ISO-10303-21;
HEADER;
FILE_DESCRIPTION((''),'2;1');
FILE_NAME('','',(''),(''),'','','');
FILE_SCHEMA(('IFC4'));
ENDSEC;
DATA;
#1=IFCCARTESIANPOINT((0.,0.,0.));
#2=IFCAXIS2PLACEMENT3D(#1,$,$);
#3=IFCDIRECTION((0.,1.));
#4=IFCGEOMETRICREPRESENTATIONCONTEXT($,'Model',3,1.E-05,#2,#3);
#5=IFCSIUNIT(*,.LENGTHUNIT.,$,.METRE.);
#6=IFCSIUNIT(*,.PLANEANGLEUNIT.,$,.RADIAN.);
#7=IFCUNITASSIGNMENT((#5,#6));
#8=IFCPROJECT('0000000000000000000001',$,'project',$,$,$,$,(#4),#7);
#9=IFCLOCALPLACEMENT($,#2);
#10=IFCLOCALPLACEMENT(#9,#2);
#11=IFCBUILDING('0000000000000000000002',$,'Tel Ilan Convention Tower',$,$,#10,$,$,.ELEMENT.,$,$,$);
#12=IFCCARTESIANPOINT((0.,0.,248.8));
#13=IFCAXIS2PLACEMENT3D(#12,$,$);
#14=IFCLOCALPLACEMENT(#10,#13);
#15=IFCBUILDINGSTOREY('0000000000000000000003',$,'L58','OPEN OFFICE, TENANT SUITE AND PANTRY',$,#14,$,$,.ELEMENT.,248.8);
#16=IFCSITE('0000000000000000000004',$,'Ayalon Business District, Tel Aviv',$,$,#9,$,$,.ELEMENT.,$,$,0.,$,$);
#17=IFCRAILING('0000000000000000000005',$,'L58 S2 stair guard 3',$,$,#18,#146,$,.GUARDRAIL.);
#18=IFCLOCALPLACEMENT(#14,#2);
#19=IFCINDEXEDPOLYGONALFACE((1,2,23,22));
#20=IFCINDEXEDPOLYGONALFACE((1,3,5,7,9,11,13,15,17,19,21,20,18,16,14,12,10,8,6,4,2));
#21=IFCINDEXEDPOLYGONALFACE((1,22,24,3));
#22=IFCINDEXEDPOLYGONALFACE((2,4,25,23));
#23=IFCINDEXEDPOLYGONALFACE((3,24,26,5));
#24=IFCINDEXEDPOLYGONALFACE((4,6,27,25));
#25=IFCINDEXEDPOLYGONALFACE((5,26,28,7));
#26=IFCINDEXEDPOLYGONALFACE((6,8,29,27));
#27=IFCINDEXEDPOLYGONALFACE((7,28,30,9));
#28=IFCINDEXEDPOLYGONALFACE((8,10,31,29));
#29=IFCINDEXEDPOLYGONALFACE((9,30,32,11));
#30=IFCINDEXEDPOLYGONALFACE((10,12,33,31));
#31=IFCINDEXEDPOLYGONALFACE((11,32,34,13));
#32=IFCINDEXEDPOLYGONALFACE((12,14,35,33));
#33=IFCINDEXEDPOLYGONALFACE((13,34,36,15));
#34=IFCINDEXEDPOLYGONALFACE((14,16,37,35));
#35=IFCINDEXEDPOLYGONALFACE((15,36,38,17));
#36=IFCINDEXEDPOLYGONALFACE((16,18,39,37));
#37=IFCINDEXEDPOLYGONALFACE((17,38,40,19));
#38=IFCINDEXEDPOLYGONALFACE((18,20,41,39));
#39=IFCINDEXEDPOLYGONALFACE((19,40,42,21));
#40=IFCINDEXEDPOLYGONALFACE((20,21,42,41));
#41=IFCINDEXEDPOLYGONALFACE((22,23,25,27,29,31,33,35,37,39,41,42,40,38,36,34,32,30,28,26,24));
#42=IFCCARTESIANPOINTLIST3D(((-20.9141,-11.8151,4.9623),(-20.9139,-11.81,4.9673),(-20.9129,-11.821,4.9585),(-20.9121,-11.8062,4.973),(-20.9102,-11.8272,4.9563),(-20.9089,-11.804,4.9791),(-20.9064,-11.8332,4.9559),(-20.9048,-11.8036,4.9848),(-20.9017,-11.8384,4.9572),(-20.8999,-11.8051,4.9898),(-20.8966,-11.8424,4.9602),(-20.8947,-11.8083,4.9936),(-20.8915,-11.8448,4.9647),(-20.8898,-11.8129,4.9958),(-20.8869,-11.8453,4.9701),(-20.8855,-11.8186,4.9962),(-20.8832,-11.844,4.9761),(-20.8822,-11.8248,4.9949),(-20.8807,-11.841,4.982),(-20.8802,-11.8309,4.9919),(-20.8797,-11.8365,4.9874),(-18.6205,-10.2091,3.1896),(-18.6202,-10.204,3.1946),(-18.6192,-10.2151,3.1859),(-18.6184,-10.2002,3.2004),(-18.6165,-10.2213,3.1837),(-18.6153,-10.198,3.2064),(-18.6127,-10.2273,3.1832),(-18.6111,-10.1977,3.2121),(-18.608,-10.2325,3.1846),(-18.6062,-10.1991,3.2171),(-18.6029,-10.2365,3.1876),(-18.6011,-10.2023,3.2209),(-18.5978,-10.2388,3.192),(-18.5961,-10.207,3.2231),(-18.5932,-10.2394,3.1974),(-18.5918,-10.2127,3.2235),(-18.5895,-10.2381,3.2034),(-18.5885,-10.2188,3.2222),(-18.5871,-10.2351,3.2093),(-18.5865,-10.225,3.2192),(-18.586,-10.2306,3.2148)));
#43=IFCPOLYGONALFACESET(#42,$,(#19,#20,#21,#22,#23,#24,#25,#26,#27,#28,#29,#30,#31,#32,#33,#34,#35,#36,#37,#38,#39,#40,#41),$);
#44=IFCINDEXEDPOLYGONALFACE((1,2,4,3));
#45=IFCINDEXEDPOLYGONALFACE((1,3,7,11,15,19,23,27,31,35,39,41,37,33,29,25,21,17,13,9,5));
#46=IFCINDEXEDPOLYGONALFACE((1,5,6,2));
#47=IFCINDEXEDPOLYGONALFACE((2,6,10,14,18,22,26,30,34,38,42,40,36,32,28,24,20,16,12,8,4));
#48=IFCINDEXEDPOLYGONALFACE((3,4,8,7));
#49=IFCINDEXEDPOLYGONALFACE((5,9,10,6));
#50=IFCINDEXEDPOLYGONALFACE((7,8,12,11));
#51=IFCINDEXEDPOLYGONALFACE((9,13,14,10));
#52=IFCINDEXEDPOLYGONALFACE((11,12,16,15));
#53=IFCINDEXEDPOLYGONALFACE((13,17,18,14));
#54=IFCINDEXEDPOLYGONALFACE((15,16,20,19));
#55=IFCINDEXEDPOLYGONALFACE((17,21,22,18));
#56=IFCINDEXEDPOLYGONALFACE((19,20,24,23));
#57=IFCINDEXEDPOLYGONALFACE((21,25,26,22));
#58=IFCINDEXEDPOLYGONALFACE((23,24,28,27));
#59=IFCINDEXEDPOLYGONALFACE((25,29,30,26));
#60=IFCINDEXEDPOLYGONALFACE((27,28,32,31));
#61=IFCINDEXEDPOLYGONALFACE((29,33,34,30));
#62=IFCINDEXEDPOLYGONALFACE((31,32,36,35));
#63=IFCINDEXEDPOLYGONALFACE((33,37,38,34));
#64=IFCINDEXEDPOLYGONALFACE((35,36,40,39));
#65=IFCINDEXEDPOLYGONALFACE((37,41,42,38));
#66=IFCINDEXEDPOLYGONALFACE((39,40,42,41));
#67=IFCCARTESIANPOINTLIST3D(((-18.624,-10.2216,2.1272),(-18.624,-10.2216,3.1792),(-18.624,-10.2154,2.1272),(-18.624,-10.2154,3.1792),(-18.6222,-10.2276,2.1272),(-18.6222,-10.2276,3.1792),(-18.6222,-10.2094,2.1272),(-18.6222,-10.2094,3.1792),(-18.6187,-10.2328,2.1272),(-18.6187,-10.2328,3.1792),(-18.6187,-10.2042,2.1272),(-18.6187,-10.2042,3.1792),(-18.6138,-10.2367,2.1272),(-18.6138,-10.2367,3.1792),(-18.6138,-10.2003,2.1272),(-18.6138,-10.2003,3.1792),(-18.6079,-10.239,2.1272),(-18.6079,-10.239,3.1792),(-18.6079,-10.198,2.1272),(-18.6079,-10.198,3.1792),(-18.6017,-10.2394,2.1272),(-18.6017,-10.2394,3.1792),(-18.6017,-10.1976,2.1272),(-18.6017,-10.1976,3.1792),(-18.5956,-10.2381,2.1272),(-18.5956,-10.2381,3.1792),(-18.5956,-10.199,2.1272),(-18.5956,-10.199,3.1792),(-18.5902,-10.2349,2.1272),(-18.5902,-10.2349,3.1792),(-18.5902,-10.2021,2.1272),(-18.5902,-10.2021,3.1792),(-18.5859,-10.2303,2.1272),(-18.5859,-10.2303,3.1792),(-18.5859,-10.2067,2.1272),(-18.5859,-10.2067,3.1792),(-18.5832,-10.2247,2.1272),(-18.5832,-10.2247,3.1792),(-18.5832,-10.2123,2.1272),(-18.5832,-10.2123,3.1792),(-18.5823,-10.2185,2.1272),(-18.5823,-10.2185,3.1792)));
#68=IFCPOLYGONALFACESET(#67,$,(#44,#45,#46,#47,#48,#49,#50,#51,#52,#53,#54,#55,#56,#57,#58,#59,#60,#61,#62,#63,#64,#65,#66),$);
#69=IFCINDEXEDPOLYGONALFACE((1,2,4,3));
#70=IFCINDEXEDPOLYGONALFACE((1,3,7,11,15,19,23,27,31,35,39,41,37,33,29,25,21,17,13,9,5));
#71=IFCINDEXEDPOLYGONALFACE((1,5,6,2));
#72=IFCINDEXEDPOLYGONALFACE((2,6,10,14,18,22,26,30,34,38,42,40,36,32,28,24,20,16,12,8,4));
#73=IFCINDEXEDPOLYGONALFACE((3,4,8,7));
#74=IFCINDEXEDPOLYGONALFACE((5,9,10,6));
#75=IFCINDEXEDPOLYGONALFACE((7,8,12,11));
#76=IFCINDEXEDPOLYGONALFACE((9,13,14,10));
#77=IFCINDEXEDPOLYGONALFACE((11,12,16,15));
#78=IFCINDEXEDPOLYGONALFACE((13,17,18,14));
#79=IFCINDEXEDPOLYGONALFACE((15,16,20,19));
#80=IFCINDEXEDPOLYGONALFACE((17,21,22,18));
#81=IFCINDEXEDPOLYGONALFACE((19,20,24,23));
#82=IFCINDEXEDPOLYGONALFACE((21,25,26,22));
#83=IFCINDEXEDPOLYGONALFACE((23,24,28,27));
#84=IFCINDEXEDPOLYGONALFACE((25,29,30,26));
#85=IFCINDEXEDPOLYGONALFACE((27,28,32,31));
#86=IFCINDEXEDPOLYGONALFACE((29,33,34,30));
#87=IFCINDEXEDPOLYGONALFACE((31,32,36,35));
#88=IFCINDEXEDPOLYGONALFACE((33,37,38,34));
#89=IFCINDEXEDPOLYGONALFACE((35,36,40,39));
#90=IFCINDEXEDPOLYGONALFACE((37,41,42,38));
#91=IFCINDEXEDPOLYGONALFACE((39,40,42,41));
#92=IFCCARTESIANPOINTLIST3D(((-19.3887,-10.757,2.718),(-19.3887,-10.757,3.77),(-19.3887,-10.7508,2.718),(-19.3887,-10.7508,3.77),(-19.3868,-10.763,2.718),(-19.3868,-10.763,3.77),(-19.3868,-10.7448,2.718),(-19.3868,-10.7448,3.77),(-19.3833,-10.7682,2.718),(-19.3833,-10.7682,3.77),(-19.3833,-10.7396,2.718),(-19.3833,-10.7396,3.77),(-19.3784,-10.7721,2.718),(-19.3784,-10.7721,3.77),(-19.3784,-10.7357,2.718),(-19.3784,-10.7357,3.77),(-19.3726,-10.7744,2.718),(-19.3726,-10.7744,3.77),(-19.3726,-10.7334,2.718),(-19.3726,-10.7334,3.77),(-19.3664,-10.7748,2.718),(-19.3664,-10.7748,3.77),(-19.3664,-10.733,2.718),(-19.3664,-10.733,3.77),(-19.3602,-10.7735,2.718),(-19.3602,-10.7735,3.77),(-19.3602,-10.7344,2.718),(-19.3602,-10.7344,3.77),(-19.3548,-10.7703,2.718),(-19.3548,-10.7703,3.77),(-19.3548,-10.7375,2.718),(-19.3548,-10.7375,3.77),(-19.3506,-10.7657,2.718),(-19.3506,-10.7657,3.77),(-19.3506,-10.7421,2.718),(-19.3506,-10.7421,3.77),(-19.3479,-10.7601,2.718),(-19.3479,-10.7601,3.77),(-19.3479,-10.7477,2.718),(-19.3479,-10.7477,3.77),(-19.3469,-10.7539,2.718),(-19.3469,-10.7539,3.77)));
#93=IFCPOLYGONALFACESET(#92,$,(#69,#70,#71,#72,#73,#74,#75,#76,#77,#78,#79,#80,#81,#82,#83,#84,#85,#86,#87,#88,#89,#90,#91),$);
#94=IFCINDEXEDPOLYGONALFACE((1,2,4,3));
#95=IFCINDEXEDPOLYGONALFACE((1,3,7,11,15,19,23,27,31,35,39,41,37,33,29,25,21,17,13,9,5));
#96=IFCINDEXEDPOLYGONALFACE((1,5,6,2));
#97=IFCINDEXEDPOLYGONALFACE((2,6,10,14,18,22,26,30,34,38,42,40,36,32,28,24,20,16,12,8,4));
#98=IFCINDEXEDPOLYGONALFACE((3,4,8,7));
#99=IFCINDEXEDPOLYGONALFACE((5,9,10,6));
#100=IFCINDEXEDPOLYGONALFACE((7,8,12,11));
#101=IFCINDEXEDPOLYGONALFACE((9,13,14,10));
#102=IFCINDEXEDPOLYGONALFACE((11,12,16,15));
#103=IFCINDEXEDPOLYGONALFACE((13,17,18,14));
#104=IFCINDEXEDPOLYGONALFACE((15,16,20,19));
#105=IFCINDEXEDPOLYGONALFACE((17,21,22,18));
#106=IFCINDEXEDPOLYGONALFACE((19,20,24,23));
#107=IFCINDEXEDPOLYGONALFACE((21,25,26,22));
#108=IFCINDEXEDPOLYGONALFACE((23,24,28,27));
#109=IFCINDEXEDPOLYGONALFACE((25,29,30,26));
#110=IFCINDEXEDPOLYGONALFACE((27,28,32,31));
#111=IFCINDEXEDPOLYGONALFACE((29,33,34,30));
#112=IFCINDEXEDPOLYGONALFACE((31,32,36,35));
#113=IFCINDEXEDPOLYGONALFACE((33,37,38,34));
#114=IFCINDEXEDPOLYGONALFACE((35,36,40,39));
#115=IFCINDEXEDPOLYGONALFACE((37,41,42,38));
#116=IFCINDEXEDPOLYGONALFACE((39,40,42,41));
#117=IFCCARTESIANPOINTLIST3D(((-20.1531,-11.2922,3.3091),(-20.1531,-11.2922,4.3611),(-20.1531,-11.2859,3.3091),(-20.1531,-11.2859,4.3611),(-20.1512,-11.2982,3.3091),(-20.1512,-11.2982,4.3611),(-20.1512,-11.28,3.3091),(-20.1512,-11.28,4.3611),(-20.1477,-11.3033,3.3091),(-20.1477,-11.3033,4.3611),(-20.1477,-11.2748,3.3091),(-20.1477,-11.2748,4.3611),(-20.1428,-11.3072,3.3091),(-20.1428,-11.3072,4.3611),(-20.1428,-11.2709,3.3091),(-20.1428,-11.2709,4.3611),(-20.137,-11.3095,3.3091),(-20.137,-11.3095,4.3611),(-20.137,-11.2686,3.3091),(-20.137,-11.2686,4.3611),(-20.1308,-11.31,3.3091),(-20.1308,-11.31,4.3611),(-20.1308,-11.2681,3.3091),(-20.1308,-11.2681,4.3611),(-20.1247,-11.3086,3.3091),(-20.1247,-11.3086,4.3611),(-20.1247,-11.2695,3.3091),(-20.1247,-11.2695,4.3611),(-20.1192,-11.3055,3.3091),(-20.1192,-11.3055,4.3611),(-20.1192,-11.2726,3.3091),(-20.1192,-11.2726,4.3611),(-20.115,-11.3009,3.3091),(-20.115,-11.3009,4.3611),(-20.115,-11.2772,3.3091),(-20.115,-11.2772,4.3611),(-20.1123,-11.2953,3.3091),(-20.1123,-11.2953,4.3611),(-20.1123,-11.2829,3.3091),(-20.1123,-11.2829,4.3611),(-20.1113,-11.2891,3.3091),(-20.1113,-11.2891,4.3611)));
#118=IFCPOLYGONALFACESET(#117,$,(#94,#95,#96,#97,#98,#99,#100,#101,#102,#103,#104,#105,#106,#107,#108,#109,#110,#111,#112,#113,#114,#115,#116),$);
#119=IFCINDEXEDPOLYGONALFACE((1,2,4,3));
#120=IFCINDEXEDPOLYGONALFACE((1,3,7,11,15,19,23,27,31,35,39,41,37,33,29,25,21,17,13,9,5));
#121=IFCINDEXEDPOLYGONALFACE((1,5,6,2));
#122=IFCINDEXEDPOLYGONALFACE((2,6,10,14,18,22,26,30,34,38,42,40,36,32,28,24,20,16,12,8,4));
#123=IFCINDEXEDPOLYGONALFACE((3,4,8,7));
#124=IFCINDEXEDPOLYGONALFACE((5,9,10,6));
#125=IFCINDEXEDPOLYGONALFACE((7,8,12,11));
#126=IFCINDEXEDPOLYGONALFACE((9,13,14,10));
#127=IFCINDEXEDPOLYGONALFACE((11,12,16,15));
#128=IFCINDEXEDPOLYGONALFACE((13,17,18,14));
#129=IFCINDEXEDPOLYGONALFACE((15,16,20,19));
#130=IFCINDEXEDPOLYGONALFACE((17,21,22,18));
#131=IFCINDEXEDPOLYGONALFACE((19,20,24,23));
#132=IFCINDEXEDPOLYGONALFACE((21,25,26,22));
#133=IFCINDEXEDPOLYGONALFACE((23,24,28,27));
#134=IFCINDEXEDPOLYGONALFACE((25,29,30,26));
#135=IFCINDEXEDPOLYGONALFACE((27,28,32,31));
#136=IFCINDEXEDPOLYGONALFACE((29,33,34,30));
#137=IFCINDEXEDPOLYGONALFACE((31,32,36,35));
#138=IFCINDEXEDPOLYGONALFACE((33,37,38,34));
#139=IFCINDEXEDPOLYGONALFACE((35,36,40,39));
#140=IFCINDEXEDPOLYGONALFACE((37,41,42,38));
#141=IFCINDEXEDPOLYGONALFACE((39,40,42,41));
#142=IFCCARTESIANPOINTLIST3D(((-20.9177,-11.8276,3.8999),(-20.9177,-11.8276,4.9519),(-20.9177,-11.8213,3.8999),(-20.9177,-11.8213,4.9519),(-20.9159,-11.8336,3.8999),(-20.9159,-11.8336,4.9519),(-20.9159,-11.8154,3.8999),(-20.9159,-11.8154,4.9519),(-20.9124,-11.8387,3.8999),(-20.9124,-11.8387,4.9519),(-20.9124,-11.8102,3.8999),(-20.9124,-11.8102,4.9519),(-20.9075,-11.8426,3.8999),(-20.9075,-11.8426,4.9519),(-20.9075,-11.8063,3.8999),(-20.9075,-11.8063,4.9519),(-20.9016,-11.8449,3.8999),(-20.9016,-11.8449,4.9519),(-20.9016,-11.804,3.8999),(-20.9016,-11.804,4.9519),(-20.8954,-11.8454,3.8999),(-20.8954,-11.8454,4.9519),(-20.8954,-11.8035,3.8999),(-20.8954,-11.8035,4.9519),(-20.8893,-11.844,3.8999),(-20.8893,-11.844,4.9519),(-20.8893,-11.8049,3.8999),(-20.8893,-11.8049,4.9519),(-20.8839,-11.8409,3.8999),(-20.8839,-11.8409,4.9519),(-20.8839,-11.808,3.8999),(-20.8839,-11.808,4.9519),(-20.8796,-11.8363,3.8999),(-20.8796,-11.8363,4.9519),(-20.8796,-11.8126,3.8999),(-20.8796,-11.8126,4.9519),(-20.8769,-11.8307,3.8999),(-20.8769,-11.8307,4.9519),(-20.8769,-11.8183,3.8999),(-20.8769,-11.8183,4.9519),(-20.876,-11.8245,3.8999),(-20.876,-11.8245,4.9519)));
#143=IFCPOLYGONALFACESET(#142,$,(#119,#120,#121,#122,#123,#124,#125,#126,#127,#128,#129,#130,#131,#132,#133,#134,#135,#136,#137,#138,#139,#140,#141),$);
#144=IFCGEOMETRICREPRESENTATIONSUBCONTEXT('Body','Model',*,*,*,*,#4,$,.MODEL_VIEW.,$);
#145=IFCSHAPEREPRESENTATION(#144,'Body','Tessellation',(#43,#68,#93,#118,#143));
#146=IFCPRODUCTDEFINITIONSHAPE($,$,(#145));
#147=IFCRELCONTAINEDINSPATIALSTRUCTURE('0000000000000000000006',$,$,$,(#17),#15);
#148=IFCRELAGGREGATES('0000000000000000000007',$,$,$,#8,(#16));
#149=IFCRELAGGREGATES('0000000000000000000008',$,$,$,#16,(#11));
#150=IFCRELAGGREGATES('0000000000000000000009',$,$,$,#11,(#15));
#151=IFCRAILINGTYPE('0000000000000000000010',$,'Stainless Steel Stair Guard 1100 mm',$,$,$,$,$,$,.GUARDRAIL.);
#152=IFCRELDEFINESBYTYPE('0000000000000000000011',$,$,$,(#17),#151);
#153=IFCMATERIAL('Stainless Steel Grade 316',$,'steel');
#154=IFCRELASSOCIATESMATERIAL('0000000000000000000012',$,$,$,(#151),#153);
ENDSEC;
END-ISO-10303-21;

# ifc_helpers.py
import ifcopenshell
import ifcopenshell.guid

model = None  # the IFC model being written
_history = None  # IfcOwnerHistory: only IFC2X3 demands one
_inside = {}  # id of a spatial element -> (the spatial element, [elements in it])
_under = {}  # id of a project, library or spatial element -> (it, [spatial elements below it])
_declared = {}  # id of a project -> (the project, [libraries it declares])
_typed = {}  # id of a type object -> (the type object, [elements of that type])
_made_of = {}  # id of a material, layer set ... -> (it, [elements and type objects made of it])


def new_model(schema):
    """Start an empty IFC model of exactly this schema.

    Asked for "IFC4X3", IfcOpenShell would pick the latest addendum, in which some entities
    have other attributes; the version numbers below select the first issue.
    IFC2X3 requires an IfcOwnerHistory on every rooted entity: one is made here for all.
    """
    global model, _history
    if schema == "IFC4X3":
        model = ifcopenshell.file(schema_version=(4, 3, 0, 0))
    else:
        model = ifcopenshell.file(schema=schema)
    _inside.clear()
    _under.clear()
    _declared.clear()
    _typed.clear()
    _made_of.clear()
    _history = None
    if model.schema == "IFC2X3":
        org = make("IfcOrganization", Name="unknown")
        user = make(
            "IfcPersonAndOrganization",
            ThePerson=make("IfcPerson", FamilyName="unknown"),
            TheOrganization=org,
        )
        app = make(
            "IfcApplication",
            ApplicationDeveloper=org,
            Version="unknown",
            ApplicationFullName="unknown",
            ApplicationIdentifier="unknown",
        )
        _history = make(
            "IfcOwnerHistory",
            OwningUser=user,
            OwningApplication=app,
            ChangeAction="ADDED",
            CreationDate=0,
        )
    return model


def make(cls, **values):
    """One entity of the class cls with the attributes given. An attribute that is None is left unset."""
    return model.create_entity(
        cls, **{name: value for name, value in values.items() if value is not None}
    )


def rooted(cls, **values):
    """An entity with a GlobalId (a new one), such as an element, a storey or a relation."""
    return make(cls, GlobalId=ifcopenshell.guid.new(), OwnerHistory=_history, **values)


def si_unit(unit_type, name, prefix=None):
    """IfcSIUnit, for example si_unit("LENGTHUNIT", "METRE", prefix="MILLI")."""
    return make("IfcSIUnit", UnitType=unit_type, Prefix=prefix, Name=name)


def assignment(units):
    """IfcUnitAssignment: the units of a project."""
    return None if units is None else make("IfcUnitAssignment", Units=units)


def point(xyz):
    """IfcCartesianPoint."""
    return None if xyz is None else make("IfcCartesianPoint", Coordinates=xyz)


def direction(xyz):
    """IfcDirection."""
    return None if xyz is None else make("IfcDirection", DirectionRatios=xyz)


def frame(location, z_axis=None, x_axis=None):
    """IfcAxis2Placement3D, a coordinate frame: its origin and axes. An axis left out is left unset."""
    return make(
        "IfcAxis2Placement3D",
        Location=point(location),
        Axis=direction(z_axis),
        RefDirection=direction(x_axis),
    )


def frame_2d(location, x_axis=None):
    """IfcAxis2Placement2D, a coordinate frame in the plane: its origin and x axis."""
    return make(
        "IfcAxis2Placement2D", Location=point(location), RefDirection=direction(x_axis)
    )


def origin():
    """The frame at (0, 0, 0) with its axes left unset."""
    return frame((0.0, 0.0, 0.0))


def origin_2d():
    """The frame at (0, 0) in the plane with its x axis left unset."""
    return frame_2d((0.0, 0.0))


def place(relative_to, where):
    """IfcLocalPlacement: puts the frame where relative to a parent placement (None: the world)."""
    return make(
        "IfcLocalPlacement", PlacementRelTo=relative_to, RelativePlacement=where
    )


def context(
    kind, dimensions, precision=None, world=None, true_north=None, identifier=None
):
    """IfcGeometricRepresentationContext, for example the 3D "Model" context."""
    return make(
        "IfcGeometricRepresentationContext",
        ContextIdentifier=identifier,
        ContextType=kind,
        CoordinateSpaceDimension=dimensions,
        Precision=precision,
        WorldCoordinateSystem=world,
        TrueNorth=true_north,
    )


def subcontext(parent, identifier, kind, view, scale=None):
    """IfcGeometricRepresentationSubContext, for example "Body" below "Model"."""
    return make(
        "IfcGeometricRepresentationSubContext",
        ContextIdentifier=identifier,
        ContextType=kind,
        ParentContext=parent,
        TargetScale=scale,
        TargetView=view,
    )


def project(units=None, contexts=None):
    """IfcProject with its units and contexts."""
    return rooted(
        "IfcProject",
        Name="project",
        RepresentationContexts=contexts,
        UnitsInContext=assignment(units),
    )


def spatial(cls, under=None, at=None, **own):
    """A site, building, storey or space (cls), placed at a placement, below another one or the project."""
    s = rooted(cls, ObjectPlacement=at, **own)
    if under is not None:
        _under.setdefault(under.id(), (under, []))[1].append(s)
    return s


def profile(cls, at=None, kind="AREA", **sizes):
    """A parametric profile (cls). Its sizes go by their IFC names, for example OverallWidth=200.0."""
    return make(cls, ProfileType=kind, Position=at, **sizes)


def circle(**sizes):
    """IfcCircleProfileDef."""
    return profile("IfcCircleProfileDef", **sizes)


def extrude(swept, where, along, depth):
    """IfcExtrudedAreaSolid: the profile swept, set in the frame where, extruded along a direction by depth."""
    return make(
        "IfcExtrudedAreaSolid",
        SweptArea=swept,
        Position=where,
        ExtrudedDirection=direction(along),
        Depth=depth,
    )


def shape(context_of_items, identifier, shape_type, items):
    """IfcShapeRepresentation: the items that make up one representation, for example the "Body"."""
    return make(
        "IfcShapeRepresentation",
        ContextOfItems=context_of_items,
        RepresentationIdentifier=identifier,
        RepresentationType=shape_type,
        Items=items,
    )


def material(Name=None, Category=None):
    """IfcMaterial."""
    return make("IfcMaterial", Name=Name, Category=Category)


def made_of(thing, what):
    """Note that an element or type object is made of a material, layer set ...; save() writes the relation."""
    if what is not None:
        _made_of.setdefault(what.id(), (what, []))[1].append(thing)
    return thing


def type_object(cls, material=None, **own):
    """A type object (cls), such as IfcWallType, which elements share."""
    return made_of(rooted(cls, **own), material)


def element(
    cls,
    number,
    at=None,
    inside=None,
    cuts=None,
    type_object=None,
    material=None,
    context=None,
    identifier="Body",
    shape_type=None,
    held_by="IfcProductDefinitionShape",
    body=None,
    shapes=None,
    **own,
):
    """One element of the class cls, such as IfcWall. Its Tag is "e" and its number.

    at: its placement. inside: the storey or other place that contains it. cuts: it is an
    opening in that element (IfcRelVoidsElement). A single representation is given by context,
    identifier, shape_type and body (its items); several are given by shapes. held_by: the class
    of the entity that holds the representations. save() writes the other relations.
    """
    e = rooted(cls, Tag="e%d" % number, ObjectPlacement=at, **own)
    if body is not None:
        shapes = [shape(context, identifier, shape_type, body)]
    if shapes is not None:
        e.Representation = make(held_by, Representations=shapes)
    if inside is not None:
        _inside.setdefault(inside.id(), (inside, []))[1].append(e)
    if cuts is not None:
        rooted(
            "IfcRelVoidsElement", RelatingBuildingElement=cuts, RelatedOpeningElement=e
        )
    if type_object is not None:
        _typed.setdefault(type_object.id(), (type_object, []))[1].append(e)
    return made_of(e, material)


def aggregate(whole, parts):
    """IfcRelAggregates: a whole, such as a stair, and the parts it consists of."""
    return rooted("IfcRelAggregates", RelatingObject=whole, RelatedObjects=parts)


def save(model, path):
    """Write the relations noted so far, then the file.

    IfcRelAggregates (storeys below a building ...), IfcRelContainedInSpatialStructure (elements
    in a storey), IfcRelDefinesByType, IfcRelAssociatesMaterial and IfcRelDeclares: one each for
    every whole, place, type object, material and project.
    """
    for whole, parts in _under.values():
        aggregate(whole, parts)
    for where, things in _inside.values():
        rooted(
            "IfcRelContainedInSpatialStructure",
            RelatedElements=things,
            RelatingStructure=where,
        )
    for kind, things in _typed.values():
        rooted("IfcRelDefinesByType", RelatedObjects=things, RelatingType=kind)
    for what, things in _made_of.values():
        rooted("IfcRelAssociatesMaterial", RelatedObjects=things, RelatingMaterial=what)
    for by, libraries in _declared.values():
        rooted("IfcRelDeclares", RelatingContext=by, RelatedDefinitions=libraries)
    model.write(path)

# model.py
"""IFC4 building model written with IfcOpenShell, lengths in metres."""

from ifc_helpers import new_model, si_unit, direction, frame, origin, origin_2d, place, context, subcontext, project, spatial, circle, extrude, material, type_object, element, save


model = new_model("IFC4")

# Units and contexts
model_context = context("Model", 3, precision=1e-05, world=origin(), true_north=direction((0.0, 1.0)))
body_context = subcontext(model_context, "Body", "Model", "MODEL_VIEW")
ifc_project = project(units=[si_unit("LENGTHUNIT", "METRE"), si_unit("PLANEANGLEUNIT", "RADIAN")], contexts=[model_context])

# Site, building, storey
site_placement = place(None, origin())
site = spatial("IfcSite", under=ifc_project, at=site_placement, Name="Ayalon Business District, Tel Aviv", CompositionType="ELEMENT", RefElevation=0.0)
building_placement = place(site_placement, origin())
building = spatial("IfcBuilding", under=site, at=building_placement, Name="Tel Ilan Convention Tower", CompositionType="ELEMENT")
storey_placement = place(building_placement, frame((0.0, 0.0, 248.8)))
storey = spatial("IfcBuildingStorey", under=building, at=storey_placement, Name="L58", Description="OPEN OFFICE, TENANT SUITE AND PANTRY", CompositionType="ELEMENT", Elevation=248.8)

# Railing
ifc_material_1 = material(Name="Stainless Steel Grade 316", Category="steel")
railing_type_1 = type_object("IfcRailingType", Name="Stainless Steel Stair Guard 1100 mm", PredefinedType="GUARDRAIL", material=ifc_material_1)
railing_1_placement = place(storey_placement, frame((-18.6033, -10.2185, 2.1272)))
element("IfcRailing", 1, at=railing_1_placement, inside=storey, type_object=railing_type_1, Name="L58 S2 stair guard 3", PredefinedType="GUARDRAIL", context=body_context, shape_type="SweptSolid", body=[
    extrude(circle(Radius=0.0239, at=origin_2d()), frame((0.0, 0.0, 1.0762), z_axis=(-0.692123, -0.484597, 0.534913), x_axis=(0.57355, -0.81917, 0.0)), (0.0, 0.0, 1.0), 3.314),
    extrude(circle(Radius=0.021, at=origin_2d()), origin(), (0.0, 0.0, 1.0), 1.052),
    extrude(circle(Radius=0.021, at=origin_2d()), frame((-0.7646, -0.5354, 0.5908)), (0.0, 0.0, 1.0), 1.052),
    extrude(circle(Radius=0.021, at=origin_2d()), frame((-1.5291, -1.0706, 1.1819)), (0.0, 0.0, 1.0), 1.052),
    extrude(circle(Radius=0.021, at=origin_2d()), frame((-2.2937, -1.606, 1.7727)), (0.0, 0.0, 1.0), 1.052),
])

save(model, "model.ifc")
